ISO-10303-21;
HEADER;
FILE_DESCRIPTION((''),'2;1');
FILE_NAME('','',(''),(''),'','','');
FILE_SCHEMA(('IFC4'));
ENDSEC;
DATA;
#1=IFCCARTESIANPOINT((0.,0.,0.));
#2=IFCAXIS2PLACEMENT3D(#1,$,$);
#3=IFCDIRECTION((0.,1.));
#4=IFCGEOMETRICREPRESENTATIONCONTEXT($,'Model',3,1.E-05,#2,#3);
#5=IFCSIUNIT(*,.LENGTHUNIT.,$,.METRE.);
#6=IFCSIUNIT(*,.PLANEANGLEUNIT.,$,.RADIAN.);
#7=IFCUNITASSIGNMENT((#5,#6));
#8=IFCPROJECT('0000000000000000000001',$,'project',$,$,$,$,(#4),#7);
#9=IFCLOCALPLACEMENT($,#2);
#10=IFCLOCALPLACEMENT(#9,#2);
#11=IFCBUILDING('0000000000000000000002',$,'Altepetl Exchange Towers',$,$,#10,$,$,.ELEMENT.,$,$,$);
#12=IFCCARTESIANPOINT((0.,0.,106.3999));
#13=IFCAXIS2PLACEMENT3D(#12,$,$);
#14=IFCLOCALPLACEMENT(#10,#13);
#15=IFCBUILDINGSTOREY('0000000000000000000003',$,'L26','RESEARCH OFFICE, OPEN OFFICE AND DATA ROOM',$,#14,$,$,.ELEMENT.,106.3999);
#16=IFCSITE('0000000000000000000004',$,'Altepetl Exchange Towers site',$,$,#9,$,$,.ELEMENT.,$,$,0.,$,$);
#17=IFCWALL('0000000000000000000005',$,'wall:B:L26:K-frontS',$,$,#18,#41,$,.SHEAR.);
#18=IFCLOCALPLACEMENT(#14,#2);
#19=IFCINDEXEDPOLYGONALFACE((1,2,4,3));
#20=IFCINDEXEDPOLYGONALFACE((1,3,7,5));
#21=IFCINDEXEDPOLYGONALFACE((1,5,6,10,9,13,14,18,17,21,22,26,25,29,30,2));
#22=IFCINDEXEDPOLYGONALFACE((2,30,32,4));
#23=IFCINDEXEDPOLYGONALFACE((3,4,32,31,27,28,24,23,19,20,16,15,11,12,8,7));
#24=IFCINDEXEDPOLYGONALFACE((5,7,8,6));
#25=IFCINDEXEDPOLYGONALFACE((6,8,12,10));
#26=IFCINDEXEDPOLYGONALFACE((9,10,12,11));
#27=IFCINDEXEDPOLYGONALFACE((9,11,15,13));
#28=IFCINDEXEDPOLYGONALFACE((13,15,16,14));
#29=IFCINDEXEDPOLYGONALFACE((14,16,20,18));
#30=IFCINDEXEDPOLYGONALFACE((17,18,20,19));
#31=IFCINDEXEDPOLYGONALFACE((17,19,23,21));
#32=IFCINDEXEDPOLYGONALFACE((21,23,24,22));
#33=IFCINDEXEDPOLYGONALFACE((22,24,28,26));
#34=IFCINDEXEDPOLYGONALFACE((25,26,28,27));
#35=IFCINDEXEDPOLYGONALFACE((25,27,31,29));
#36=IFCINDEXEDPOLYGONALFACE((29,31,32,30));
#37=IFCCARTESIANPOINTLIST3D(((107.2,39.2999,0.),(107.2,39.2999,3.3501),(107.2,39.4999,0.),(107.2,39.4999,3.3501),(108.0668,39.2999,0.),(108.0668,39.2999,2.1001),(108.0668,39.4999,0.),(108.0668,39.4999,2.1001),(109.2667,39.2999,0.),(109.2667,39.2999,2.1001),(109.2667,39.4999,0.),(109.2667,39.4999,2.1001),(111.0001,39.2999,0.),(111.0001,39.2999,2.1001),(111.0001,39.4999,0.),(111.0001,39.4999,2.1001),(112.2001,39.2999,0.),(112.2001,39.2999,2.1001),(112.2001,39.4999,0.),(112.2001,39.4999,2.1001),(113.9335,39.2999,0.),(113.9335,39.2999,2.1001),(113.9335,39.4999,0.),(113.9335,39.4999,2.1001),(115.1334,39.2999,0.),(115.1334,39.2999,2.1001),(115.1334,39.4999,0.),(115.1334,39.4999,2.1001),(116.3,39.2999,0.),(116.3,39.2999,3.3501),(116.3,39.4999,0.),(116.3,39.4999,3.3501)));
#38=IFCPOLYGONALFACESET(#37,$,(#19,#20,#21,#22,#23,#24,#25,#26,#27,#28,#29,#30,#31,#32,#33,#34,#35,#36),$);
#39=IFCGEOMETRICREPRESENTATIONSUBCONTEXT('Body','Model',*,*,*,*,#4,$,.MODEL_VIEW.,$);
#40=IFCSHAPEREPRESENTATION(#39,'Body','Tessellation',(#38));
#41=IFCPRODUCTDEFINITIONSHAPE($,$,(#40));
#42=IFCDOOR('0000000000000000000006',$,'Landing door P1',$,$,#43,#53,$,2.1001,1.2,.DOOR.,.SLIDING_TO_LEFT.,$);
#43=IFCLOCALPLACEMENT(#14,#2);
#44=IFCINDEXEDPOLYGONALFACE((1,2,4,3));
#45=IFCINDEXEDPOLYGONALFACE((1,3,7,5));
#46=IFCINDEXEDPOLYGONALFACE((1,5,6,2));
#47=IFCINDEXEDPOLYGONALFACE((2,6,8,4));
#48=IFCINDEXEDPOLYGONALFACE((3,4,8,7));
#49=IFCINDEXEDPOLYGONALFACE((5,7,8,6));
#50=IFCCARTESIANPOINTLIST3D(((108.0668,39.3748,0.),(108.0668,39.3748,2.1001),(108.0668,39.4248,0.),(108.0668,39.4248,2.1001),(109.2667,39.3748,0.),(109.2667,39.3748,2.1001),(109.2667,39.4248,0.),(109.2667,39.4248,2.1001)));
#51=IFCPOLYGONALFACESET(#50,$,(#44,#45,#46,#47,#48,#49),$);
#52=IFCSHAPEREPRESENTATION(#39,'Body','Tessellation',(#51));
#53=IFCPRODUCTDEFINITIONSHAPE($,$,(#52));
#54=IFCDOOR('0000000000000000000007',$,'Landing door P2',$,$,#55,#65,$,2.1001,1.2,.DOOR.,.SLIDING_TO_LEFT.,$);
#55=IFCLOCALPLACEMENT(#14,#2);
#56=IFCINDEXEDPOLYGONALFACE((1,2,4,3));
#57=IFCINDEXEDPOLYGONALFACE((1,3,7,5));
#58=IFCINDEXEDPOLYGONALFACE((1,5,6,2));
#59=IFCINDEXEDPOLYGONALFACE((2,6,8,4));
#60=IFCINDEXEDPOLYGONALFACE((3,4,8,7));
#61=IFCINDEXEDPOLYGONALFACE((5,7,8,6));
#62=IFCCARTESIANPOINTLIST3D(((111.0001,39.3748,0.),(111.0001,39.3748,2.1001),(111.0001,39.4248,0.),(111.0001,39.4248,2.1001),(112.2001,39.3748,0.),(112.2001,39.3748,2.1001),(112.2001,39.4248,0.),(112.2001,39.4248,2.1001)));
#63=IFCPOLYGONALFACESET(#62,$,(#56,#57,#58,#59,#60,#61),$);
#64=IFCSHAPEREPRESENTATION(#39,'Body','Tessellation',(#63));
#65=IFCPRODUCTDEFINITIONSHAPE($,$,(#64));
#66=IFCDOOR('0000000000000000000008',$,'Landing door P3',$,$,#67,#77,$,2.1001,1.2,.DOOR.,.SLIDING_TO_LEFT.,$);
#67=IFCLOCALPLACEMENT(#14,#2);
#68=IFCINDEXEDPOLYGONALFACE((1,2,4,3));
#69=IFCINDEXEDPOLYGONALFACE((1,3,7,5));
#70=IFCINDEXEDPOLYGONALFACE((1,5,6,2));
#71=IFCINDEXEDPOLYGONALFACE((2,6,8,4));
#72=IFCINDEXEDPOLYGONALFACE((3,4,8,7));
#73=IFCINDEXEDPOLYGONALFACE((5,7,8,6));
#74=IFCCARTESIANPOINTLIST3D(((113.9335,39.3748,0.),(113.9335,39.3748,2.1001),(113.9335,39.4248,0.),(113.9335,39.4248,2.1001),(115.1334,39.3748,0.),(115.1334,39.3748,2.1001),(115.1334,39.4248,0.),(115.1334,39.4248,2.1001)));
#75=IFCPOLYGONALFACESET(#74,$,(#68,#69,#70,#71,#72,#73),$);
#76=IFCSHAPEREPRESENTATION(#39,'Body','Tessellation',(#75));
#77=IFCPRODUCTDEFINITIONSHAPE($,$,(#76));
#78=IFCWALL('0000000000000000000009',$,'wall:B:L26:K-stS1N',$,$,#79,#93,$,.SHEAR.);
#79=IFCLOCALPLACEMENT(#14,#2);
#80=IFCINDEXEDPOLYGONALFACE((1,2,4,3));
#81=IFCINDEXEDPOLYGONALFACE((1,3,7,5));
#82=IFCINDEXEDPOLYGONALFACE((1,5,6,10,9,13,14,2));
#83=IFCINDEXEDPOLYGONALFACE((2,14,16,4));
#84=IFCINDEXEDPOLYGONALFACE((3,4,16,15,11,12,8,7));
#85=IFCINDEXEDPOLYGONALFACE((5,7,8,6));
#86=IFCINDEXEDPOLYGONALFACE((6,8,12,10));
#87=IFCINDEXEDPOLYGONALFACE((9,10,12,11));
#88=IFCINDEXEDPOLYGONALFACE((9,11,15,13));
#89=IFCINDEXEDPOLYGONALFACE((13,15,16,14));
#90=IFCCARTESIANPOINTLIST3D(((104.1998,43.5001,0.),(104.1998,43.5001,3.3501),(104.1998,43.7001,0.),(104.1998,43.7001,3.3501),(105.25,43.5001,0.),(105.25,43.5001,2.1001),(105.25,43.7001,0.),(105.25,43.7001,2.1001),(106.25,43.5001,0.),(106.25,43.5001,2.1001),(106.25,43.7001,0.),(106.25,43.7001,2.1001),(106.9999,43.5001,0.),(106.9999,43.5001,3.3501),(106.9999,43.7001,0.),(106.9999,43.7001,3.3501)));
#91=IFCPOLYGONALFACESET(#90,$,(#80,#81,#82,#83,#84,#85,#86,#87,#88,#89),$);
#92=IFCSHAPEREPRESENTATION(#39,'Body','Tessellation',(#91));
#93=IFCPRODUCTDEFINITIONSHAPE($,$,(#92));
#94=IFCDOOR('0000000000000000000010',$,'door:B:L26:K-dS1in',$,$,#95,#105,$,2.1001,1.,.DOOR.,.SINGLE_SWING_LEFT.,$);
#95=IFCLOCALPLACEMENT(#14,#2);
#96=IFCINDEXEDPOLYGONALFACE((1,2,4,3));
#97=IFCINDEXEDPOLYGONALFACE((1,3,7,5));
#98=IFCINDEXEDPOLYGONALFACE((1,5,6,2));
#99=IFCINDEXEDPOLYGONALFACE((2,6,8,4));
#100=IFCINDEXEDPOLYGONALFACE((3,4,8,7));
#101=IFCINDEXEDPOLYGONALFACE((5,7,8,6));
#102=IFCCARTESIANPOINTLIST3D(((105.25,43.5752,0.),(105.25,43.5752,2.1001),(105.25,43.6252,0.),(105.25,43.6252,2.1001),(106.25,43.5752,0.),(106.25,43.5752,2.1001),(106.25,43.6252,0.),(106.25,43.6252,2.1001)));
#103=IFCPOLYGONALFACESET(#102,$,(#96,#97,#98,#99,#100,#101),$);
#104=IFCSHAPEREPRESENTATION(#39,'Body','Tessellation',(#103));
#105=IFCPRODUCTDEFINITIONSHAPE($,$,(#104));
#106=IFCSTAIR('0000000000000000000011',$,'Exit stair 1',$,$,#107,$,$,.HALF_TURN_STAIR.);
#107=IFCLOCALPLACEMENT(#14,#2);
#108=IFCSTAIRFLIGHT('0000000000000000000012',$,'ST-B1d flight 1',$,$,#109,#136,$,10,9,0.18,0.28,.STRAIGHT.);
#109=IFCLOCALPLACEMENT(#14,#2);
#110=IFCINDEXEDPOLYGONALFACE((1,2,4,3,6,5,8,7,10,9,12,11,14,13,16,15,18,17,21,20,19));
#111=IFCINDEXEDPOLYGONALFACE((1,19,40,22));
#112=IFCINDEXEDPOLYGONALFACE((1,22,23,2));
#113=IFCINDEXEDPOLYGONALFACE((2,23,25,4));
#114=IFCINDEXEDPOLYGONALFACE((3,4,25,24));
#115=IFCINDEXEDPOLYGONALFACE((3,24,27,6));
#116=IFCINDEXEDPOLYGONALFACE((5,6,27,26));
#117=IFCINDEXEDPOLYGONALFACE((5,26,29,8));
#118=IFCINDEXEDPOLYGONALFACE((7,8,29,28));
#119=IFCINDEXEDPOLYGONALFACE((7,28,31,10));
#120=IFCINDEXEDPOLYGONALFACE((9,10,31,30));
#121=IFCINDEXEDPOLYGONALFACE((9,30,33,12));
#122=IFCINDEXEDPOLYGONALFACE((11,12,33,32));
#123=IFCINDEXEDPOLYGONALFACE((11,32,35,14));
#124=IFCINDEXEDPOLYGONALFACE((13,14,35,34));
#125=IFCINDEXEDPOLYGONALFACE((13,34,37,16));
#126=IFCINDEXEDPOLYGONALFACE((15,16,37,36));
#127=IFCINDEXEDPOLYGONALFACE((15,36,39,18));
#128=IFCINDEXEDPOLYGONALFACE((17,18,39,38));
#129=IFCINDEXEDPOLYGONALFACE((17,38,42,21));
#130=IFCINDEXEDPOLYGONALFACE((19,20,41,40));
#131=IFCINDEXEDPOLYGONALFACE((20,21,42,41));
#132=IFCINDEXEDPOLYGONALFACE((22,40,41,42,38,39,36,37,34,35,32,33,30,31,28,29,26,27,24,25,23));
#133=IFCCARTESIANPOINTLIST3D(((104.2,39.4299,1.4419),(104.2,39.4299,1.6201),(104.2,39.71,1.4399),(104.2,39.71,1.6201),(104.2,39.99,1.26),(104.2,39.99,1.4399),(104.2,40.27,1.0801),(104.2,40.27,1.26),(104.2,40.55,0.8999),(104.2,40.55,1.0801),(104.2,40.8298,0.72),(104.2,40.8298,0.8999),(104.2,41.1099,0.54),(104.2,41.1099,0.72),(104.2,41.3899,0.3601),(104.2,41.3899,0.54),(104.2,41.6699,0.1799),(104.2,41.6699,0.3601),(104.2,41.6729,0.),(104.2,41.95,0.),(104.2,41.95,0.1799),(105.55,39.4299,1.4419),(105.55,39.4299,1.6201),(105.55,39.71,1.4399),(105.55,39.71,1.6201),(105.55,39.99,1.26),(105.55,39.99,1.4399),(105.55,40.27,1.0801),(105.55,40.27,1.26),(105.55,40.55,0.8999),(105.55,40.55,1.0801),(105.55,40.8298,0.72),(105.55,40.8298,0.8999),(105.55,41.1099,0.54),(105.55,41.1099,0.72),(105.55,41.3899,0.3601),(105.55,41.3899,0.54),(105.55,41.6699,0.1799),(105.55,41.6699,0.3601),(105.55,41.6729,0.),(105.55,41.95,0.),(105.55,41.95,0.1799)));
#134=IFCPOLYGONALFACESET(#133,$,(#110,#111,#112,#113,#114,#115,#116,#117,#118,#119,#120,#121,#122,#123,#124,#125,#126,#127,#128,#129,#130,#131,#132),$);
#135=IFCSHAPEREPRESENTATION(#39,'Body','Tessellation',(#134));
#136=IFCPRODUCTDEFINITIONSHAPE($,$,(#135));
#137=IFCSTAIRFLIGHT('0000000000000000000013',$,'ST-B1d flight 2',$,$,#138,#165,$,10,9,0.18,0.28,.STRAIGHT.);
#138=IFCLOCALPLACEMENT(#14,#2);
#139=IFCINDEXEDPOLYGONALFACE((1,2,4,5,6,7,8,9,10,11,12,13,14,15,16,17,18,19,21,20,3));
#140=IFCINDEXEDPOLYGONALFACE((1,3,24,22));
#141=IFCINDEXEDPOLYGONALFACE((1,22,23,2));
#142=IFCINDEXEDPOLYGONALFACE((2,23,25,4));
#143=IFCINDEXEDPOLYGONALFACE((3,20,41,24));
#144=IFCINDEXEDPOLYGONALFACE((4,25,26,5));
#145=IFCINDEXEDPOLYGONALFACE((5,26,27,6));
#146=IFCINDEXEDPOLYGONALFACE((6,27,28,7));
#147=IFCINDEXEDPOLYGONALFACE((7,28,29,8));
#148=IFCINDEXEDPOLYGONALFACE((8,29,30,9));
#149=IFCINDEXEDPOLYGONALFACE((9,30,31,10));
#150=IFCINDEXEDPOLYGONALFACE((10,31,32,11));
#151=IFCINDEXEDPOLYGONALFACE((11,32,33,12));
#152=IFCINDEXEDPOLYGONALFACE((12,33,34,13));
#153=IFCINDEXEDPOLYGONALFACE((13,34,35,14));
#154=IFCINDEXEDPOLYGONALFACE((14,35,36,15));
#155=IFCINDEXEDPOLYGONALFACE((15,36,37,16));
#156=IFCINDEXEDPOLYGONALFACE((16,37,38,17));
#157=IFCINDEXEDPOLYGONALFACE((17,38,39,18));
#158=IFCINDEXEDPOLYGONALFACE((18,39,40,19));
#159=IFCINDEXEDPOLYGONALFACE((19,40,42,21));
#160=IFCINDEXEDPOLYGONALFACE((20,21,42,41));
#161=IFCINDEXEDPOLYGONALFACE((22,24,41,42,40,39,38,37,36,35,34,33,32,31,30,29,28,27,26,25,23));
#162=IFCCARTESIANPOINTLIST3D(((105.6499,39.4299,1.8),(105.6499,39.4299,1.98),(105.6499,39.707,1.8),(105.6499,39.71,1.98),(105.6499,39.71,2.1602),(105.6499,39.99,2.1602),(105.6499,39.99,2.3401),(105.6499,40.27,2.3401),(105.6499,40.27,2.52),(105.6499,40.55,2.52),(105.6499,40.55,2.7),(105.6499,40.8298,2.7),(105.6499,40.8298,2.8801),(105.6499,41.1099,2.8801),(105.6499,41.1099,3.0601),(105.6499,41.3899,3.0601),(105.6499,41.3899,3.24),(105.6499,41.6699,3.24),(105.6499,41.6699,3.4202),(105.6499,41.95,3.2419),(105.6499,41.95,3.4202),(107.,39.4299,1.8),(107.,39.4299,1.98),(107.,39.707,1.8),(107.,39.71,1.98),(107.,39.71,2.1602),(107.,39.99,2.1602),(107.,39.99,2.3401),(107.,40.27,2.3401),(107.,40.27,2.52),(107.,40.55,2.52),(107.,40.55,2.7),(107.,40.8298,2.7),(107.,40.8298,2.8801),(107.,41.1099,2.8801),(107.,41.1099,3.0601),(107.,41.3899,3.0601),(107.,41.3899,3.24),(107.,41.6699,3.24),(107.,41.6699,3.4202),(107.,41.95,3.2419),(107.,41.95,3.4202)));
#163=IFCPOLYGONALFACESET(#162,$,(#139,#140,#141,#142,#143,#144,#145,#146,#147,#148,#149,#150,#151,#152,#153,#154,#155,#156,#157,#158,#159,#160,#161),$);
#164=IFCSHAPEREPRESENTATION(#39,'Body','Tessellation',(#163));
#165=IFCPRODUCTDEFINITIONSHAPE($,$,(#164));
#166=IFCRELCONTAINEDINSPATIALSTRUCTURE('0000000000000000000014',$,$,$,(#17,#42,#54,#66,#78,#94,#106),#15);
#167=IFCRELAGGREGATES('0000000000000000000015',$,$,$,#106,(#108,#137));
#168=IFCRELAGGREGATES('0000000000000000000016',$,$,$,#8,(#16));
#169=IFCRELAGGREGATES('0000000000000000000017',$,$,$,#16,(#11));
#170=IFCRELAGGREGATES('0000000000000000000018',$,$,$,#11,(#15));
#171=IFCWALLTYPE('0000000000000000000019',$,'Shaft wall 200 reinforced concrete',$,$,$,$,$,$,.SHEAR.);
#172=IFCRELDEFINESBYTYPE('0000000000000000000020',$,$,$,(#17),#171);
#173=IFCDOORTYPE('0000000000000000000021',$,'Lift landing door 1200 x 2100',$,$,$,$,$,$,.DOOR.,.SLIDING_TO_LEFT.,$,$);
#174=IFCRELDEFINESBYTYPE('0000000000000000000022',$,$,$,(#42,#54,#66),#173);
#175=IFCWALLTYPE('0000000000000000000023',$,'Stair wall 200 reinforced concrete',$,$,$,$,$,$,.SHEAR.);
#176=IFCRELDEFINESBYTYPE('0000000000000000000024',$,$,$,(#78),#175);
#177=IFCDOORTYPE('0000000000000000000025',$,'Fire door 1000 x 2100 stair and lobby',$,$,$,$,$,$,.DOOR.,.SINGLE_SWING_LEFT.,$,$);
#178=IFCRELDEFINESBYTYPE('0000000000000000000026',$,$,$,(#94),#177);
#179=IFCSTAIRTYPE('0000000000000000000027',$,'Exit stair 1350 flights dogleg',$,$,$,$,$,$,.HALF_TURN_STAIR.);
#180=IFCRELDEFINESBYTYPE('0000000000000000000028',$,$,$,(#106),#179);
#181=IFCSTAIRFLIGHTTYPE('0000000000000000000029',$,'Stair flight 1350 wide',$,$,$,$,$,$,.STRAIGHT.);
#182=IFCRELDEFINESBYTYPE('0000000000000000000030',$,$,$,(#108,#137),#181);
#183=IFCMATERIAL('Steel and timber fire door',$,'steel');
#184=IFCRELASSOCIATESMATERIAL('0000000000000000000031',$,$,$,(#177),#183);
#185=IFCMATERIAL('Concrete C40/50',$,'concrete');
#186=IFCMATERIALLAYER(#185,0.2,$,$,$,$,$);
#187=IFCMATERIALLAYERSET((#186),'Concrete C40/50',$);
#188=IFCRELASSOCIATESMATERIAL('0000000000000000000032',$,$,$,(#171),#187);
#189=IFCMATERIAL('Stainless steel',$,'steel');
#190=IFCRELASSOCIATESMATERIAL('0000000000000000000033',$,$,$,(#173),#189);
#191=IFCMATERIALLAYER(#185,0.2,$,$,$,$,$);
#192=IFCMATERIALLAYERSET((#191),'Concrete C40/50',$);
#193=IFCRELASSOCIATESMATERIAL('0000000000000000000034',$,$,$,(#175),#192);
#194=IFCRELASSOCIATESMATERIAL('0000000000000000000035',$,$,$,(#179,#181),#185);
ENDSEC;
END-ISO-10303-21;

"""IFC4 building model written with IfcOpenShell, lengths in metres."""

from ifc_helpers import new_model, si_unit, direction, frame, frame_2d, origin, place, context, subcontext, project, spatial, polyline, rectangle, outline, extrude, material, layer, layer_set, type_object, element, fill, aggregate, save


model = new_model("IFC4")

# Units and contexts
model_context = context("Model", 3, precision=1e-05, world=origin(), true_north=direction((0.0, 1.0)))
body_context = subcontext(model_context, "Body", "Model", "MODEL_VIEW")
ifc_project = project(units=[si_unit("LENGTHUNIT", "METRE"), si_unit("PLANEANGLEUNIT", "RADIAN")], contexts=[model_context])

# Site, building, storey
site_placement = place(None, origin())
site = spatial("IfcSite", under=ifc_project, at=site_placement, Name="Altepetl Exchange Towers site", CompositionType="ELEMENT", RefElevation=0.0)
building_placement = place(site_placement, origin())
building = spatial("IfcBuilding", under=site, at=building_placement, Name="Altepetl Exchange Towers", CompositionType="ELEMENT")
storey_placement = place(building_placement, frame((0.0, 0.0, 106.3999)))
storey = spatial("IfcBuildingStorey", under=building, at=storey_placement, Name="L26", Description="RESEARCH OFFICE, OPEN OFFICE AND DATA ROOM", CompositionType="ELEMENT", Elevation=106.3999)

# Shared definitions
ifc_material_1 = material(Name="Steel and timber fire door", Category="steel")
door_type_1 = type_object("IfcDoorType", Name="Fire door 1000 x 2100 stair and lobby", OperationType="SINGLE_SWING_LEFT", PredefinedType="DOOR", material=ifc_material_1)

# Shared definitions
ifc_material_2 = material(Name="Concrete C40/50", Category="concrete")
ifc_layer_1 = layer(ifc_material_2, 0.2)
ifc_layer_set_1 = layer_set([ifc_layer_1], Name="Concrete C40/50")
wall_type_1 = type_object("IfcWallType", Name="Shaft wall 200 reinforced concrete", PredefinedType="SHEAR", material=ifc_layer_set_1)
ifc_material_3 = material(Name="Stainless steel", Category="steel")

# Wall, openings, doors
wall_1_placement = place(storey_placement, frame((107.2, 39.3999, 0.0)))
wall_1 = element("IfcWall", 1, at=wall_1_placement, inside=storey, type_object=wall_type_1, Name="wall:B:L26:K-frontS", PredefinedType="SHEAR", context=body_context, shape_type="SweptSolid", body=[
    extrude(rectangle(XDim=9.1001, YDim=0.2, at=frame_2d((4.55, 0.0))), origin(), (0.0, 0.0, 1.0), 3.3501),
])
opening_1_placement = place(wall_1_placement, frame((0.8667, 0.0, 0.0)))
opening_1 = element("IfcOpeningElement", 2, at=opening_1_placement, cuts=wall_1, PredefinedType="OPENING", context=body_context, shape_type="SweptSolid", body=[
    extrude(rectangle(XDim=1.2, YDim=2.1001, at=frame_2d((0.6001, 1.05))), frame((0.0, 0.1099, 0.0), z_axis=(0.0, -1.0, 0.0), x_axis=(1.0, 0.0, 0.0)), (0.0, 0.0, 1.0), 0.22),
])
opening_2_placement = place(wall_1_placement, frame((3.8, 0.0, 0.0)))
opening_2 = element("IfcOpeningElement", 3, at=opening_2_placement, cuts=wall_1, PredefinedType="OPENING", context=body_context, shape_type="SweptSolid", body=[
    extrude(rectangle(XDim=1.2, YDim=2.1001, at=frame_2d((0.6001, 1.05))), frame((0.0, 0.1099, 0.0), z_axis=(0.0, -1.0, 0.0), x_axis=(1.0, 0.0, 0.0)), (0.0, 0.0, 1.0), 0.22),
])
opening_3_placement = place(wall_1_placement, frame((6.7334, 0.0, 0.0)))
opening_3 = element("IfcOpeningElement", 4, at=opening_3_placement, cuts=wall_1, PredefinedType="OPENING", context=body_context, shape_type="SweptSolid", body=[
    extrude(rectangle(XDim=1.2, YDim=2.1001, at=frame_2d((0.6001, 1.05))), frame((0.0, 0.1099, 0.0), z_axis=(0.0, -1.0, 0.0), x_axis=(1.0, 0.0, 0.0)), (0.0, 0.0, 1.0), 0.22),
])
door_type_2 = type_object("IfcDoorType", Name="Lift landing door 1200 x 2100", OperationType="SLIDING_TO_LEFT", PredefinedType="DOOR", material=ifc_material_3)
door_1_placement = place(opening_1_placement, origin())
door_1 = element("IfcDoor", 5, at=door_1_placement, inside=storey, type_object=door_type_2, Name="Landing door P1", OperationType="SLIDING_TO_LEFT", OverallHeight=2.1001, OverallWidth=1.2, PredefinedType="DOOR", context=body_context, shape_type="SweptSolid", body=[
    extrude(rectangle(XDim=1.2, YDim=2.1001, at=frame_2d((0.6001, 1.05))), frame((0.0, 0.0249, 0.0), z_axis=(0.0, -1.0, 0.0), x_axis=(1.0, 0.0, 0.0)), (0.0, 0.0, 1.0), 0.05),
])
fill(opening_1, door_1)
door_2_placement = place(opening_2_placement, origin())
door_2 = element("IfcDoor", 6, at=door_2_placement, inside=storey, type_object=door_type_2, Name="Landing door P2", OperationType="SLIDING_TO_LEFT", OverallHeight=2.1001, OverallWidth=1.2, PredefinedType="DOOR", context=body_context, shape_type="SweptSolid", body=[
    extrude(rectangle(XDim=1.2, YDim=2.1001, at=frame_2d((0.6001, 1.05))), frame((0.0, 0.0249, 0.0), z_axis=(0.0, -1.0, 0.0), x_axis=(1.0, 0.0, 0.0)), (0.0, 0.0, 1.0), 0.05),
])
fill(opening_2, door_2)
door_3_placement = place(opening_3_placement, origin())
door_3 = element("IfcDoor", 7, at=door_3_placement, inside=storey, type_object=door_type_2, Name="Landing door P3", OperationType="SLIDING_TO_LEFT", OverallHeight=2.1001, OverallWidth=1.2, PredefinedType="DOOR", context=body_context, shape_type="SweptSolid", body=[
    extrude(rectangle(XDim=1.2, YDim=2.1001, at=frame_2d((0.6001, 1.05))), frame((0.0, 0.0249, 0.0), z_axis=(0.0, -1.0, 0.0), x_axis=(1.0, 0.0, 0.0)), (0.0, 0.0, 1.0), 0.05),
])
fill(opening_3, door_3)

# Wall, opening, door
ifc_layer_2 = layer(ifc_material_2, 0.2)
ifc_layer_set_2 = layer_set([ifc_layer_2], Name="Concrete C40/50")
wall_type_2 = type_object("IfcWallType", Name="Stair wall 200 reinforced concrete", PredefinedType="SHEAR", material=ifc_layer_set_2)
wall_2_placement = place(storey_placement, frame((104.2, 43.6001, 0.0)))
wall_2 = element("IfcWall", 8, at=wall_2_placement, inside=storey, type_object=wall_type_2, Name="wall:B:L26:K-stS1N", PredefinedType="SHEAR", context=body_context, shape_type="SweptSolid", body=[
    extrude(rectangle(XDim=2.8, YDim=0.2, at=frame_2d((1.3999, 0.0))), origin(), (0.0, 0.0, 1.0), 3.3501),
])
opening_4_placement = place(wall_2_placement, frame((1.05, 0.0, 0.0)))
opening_4 = element("IfcOpeningElement", 9, at=opening_4_placement, cuts=wall_2, PredefinedType="OPENING", context=body_context, shape_type="SweptSolid", body=[
    extrude(rectangle(XDim=1.0, YDim=2.1001, at=frame_2d((0.5, 1.05))), frame((0.0, 0.1099, 0.0), z_axis=(0.0, -1.0, 0.0), x_axis=(1.0, 0.0, 0.0)), (0.0, 0.0, 1.0), 0.22),
])
door_4_placement = place(opening_4_placement, frame((1.0, 0.0, 0.0), x_axis=(-1.0, 0.0, 0.0)))
door_4 = element("IfcDoor", 10, at=door_4_placement, inside=storey, type_object=door_type_1, Name="door:B:L26:K-dS1in", OperationType="SINGLE_SWING_LEFT", OverallHeight=2.1001, OverallWidth=1.0, PredefinedType="DOOR", context=body_context, shape_type="SweptSolid", body=[
    extrude(rectangle(XDim=1.0, YDim=2.1001, at=frame_2d((0.5, 1.05))), frame((0.0, 0.0249, 0.0), z_axis=(0.0, -1.0, 0.0), x_axis=(1.0, 0.0, 0.0)), (0.0, 0.0, 1.0), 0.05),
])
fill(opening_4, door_4)

# Stair, stair flights
stair_type = type_object("IfcStairType", Name="Exit stair 1350 flights dogleg", PredefinedType="HALF_TURN_STAIR", material=ifc_material_2)
stair_placement = place(storey_placement, origin())
stair = element("IfcStair", 11, at=stair_placement, inside=storey, type_object=stair_type, Name="Exit stair 1", PredefinedType="HALF_TURN_STAIR")
stair_flight_type = type_object("IfcStairFlightType", Name="Stair flight 1350 wide", PredefinedType="STRAIGHT", material=ifc_material_2)
stair_flight_1_placement = place(storey_placement, frame((104.875, 41.95, 0.0), z_axis=(0.0, 0.0, 1.0), x_axis=(0.0, -1.0, 0.0)))
stair_flight_1 = element("IfcStairFlight", 12, at=stair_flight_1_placement, type_object=stair_flight_type, Name="ST-B1d flight 1", NumberOfRisers=10, NumberOfTreads=9, PredefinedType="STRAIGHT", RiserHeight=0.18, TreadLength=0.28, context=body_context, shape_type="SweptSolid", body=[
    extrude(outline(polyline([(0.0, 0.0), (0.0, 0.1799), (0.28, 0.1799), (0.28, 0.3601), (0.5601, 0.3601), (0.5601, 0.54), (0.8401, 0.54), (0.8401, 0.72), (1.1201, 0.72), (1.1201, 0.8999), (1.3999, 0.8999), (1.3999, 1.0801), (1.6799, 1.0801), (1.6799, 1.26), (1.96, 1.26), (1.96, 1.4399), (2.24, 1.4399), (2.24, 1.6201), (2.52, 1.6201), (2.52, 1.8), (2.52, 1.4419), (0.2771, 0.0), (0.0, 0.0)])), frame((0.0, 0.675, 0.0), z_axis=(0.0, -1.0, 0.0), x_axis=(1.0, 0.0, 0.0)), (0.0, 0.0, 1.0), 1.3501),
])
stair_flight_2_placement = place(storey_placement, frame((106.325, 39.4299, 1.8), z_axis=(0.0, 0.0, 1.0), x_axis=(0.0, 1.0, 0.0)))
stair_flight_2 = element("IfcStairFlight", 13, at=stair_flight_2_placement, type_object=stair_flight_type, Name="ST-B1d flight 2", NumberOfRisers=10, NumberOfTreads=9, PredefinedType="STRAIGHT", RiserHeight=0.18, TreadLength=0.28, context=body_context, shape_type="SweptSolid", body=[
    extrude(outline(polyline([(0.0, 0.0), (0.0, 0.1799), (0.28, 0.1799), (0.28, 0.3601), (0.5601, 0.3601), (0.5601, 0.54), (0.8401, 0.54), (0.8401, 0.72), (1.1201, 0.72), (1.1201, 0.8999), (1.3999, 0.8999), (1.3999, 1.0801), (1.6799, 1.0801), (1.6799, 1.26), (1.96, 1.26), (1.96, 1.4399), (2.24, 1.4399), (2.24, 1.6201), (2.52, 1.6201), (2.52, 1.8), (2.52, 1.4419), (0.2771, 0.0), (0.0, 0.0)])), frame((0.0, 0.675, 0.0), z_axis=(0.0, -1.0, 0.0), x_axis=(1.0, 0.0, 0.0)), (0.0, 0.0, 1.0), 1.3501),
])
aggregate(stair, [stair_flight_1, stair_flight_2])

save(model, "model.ifc")
